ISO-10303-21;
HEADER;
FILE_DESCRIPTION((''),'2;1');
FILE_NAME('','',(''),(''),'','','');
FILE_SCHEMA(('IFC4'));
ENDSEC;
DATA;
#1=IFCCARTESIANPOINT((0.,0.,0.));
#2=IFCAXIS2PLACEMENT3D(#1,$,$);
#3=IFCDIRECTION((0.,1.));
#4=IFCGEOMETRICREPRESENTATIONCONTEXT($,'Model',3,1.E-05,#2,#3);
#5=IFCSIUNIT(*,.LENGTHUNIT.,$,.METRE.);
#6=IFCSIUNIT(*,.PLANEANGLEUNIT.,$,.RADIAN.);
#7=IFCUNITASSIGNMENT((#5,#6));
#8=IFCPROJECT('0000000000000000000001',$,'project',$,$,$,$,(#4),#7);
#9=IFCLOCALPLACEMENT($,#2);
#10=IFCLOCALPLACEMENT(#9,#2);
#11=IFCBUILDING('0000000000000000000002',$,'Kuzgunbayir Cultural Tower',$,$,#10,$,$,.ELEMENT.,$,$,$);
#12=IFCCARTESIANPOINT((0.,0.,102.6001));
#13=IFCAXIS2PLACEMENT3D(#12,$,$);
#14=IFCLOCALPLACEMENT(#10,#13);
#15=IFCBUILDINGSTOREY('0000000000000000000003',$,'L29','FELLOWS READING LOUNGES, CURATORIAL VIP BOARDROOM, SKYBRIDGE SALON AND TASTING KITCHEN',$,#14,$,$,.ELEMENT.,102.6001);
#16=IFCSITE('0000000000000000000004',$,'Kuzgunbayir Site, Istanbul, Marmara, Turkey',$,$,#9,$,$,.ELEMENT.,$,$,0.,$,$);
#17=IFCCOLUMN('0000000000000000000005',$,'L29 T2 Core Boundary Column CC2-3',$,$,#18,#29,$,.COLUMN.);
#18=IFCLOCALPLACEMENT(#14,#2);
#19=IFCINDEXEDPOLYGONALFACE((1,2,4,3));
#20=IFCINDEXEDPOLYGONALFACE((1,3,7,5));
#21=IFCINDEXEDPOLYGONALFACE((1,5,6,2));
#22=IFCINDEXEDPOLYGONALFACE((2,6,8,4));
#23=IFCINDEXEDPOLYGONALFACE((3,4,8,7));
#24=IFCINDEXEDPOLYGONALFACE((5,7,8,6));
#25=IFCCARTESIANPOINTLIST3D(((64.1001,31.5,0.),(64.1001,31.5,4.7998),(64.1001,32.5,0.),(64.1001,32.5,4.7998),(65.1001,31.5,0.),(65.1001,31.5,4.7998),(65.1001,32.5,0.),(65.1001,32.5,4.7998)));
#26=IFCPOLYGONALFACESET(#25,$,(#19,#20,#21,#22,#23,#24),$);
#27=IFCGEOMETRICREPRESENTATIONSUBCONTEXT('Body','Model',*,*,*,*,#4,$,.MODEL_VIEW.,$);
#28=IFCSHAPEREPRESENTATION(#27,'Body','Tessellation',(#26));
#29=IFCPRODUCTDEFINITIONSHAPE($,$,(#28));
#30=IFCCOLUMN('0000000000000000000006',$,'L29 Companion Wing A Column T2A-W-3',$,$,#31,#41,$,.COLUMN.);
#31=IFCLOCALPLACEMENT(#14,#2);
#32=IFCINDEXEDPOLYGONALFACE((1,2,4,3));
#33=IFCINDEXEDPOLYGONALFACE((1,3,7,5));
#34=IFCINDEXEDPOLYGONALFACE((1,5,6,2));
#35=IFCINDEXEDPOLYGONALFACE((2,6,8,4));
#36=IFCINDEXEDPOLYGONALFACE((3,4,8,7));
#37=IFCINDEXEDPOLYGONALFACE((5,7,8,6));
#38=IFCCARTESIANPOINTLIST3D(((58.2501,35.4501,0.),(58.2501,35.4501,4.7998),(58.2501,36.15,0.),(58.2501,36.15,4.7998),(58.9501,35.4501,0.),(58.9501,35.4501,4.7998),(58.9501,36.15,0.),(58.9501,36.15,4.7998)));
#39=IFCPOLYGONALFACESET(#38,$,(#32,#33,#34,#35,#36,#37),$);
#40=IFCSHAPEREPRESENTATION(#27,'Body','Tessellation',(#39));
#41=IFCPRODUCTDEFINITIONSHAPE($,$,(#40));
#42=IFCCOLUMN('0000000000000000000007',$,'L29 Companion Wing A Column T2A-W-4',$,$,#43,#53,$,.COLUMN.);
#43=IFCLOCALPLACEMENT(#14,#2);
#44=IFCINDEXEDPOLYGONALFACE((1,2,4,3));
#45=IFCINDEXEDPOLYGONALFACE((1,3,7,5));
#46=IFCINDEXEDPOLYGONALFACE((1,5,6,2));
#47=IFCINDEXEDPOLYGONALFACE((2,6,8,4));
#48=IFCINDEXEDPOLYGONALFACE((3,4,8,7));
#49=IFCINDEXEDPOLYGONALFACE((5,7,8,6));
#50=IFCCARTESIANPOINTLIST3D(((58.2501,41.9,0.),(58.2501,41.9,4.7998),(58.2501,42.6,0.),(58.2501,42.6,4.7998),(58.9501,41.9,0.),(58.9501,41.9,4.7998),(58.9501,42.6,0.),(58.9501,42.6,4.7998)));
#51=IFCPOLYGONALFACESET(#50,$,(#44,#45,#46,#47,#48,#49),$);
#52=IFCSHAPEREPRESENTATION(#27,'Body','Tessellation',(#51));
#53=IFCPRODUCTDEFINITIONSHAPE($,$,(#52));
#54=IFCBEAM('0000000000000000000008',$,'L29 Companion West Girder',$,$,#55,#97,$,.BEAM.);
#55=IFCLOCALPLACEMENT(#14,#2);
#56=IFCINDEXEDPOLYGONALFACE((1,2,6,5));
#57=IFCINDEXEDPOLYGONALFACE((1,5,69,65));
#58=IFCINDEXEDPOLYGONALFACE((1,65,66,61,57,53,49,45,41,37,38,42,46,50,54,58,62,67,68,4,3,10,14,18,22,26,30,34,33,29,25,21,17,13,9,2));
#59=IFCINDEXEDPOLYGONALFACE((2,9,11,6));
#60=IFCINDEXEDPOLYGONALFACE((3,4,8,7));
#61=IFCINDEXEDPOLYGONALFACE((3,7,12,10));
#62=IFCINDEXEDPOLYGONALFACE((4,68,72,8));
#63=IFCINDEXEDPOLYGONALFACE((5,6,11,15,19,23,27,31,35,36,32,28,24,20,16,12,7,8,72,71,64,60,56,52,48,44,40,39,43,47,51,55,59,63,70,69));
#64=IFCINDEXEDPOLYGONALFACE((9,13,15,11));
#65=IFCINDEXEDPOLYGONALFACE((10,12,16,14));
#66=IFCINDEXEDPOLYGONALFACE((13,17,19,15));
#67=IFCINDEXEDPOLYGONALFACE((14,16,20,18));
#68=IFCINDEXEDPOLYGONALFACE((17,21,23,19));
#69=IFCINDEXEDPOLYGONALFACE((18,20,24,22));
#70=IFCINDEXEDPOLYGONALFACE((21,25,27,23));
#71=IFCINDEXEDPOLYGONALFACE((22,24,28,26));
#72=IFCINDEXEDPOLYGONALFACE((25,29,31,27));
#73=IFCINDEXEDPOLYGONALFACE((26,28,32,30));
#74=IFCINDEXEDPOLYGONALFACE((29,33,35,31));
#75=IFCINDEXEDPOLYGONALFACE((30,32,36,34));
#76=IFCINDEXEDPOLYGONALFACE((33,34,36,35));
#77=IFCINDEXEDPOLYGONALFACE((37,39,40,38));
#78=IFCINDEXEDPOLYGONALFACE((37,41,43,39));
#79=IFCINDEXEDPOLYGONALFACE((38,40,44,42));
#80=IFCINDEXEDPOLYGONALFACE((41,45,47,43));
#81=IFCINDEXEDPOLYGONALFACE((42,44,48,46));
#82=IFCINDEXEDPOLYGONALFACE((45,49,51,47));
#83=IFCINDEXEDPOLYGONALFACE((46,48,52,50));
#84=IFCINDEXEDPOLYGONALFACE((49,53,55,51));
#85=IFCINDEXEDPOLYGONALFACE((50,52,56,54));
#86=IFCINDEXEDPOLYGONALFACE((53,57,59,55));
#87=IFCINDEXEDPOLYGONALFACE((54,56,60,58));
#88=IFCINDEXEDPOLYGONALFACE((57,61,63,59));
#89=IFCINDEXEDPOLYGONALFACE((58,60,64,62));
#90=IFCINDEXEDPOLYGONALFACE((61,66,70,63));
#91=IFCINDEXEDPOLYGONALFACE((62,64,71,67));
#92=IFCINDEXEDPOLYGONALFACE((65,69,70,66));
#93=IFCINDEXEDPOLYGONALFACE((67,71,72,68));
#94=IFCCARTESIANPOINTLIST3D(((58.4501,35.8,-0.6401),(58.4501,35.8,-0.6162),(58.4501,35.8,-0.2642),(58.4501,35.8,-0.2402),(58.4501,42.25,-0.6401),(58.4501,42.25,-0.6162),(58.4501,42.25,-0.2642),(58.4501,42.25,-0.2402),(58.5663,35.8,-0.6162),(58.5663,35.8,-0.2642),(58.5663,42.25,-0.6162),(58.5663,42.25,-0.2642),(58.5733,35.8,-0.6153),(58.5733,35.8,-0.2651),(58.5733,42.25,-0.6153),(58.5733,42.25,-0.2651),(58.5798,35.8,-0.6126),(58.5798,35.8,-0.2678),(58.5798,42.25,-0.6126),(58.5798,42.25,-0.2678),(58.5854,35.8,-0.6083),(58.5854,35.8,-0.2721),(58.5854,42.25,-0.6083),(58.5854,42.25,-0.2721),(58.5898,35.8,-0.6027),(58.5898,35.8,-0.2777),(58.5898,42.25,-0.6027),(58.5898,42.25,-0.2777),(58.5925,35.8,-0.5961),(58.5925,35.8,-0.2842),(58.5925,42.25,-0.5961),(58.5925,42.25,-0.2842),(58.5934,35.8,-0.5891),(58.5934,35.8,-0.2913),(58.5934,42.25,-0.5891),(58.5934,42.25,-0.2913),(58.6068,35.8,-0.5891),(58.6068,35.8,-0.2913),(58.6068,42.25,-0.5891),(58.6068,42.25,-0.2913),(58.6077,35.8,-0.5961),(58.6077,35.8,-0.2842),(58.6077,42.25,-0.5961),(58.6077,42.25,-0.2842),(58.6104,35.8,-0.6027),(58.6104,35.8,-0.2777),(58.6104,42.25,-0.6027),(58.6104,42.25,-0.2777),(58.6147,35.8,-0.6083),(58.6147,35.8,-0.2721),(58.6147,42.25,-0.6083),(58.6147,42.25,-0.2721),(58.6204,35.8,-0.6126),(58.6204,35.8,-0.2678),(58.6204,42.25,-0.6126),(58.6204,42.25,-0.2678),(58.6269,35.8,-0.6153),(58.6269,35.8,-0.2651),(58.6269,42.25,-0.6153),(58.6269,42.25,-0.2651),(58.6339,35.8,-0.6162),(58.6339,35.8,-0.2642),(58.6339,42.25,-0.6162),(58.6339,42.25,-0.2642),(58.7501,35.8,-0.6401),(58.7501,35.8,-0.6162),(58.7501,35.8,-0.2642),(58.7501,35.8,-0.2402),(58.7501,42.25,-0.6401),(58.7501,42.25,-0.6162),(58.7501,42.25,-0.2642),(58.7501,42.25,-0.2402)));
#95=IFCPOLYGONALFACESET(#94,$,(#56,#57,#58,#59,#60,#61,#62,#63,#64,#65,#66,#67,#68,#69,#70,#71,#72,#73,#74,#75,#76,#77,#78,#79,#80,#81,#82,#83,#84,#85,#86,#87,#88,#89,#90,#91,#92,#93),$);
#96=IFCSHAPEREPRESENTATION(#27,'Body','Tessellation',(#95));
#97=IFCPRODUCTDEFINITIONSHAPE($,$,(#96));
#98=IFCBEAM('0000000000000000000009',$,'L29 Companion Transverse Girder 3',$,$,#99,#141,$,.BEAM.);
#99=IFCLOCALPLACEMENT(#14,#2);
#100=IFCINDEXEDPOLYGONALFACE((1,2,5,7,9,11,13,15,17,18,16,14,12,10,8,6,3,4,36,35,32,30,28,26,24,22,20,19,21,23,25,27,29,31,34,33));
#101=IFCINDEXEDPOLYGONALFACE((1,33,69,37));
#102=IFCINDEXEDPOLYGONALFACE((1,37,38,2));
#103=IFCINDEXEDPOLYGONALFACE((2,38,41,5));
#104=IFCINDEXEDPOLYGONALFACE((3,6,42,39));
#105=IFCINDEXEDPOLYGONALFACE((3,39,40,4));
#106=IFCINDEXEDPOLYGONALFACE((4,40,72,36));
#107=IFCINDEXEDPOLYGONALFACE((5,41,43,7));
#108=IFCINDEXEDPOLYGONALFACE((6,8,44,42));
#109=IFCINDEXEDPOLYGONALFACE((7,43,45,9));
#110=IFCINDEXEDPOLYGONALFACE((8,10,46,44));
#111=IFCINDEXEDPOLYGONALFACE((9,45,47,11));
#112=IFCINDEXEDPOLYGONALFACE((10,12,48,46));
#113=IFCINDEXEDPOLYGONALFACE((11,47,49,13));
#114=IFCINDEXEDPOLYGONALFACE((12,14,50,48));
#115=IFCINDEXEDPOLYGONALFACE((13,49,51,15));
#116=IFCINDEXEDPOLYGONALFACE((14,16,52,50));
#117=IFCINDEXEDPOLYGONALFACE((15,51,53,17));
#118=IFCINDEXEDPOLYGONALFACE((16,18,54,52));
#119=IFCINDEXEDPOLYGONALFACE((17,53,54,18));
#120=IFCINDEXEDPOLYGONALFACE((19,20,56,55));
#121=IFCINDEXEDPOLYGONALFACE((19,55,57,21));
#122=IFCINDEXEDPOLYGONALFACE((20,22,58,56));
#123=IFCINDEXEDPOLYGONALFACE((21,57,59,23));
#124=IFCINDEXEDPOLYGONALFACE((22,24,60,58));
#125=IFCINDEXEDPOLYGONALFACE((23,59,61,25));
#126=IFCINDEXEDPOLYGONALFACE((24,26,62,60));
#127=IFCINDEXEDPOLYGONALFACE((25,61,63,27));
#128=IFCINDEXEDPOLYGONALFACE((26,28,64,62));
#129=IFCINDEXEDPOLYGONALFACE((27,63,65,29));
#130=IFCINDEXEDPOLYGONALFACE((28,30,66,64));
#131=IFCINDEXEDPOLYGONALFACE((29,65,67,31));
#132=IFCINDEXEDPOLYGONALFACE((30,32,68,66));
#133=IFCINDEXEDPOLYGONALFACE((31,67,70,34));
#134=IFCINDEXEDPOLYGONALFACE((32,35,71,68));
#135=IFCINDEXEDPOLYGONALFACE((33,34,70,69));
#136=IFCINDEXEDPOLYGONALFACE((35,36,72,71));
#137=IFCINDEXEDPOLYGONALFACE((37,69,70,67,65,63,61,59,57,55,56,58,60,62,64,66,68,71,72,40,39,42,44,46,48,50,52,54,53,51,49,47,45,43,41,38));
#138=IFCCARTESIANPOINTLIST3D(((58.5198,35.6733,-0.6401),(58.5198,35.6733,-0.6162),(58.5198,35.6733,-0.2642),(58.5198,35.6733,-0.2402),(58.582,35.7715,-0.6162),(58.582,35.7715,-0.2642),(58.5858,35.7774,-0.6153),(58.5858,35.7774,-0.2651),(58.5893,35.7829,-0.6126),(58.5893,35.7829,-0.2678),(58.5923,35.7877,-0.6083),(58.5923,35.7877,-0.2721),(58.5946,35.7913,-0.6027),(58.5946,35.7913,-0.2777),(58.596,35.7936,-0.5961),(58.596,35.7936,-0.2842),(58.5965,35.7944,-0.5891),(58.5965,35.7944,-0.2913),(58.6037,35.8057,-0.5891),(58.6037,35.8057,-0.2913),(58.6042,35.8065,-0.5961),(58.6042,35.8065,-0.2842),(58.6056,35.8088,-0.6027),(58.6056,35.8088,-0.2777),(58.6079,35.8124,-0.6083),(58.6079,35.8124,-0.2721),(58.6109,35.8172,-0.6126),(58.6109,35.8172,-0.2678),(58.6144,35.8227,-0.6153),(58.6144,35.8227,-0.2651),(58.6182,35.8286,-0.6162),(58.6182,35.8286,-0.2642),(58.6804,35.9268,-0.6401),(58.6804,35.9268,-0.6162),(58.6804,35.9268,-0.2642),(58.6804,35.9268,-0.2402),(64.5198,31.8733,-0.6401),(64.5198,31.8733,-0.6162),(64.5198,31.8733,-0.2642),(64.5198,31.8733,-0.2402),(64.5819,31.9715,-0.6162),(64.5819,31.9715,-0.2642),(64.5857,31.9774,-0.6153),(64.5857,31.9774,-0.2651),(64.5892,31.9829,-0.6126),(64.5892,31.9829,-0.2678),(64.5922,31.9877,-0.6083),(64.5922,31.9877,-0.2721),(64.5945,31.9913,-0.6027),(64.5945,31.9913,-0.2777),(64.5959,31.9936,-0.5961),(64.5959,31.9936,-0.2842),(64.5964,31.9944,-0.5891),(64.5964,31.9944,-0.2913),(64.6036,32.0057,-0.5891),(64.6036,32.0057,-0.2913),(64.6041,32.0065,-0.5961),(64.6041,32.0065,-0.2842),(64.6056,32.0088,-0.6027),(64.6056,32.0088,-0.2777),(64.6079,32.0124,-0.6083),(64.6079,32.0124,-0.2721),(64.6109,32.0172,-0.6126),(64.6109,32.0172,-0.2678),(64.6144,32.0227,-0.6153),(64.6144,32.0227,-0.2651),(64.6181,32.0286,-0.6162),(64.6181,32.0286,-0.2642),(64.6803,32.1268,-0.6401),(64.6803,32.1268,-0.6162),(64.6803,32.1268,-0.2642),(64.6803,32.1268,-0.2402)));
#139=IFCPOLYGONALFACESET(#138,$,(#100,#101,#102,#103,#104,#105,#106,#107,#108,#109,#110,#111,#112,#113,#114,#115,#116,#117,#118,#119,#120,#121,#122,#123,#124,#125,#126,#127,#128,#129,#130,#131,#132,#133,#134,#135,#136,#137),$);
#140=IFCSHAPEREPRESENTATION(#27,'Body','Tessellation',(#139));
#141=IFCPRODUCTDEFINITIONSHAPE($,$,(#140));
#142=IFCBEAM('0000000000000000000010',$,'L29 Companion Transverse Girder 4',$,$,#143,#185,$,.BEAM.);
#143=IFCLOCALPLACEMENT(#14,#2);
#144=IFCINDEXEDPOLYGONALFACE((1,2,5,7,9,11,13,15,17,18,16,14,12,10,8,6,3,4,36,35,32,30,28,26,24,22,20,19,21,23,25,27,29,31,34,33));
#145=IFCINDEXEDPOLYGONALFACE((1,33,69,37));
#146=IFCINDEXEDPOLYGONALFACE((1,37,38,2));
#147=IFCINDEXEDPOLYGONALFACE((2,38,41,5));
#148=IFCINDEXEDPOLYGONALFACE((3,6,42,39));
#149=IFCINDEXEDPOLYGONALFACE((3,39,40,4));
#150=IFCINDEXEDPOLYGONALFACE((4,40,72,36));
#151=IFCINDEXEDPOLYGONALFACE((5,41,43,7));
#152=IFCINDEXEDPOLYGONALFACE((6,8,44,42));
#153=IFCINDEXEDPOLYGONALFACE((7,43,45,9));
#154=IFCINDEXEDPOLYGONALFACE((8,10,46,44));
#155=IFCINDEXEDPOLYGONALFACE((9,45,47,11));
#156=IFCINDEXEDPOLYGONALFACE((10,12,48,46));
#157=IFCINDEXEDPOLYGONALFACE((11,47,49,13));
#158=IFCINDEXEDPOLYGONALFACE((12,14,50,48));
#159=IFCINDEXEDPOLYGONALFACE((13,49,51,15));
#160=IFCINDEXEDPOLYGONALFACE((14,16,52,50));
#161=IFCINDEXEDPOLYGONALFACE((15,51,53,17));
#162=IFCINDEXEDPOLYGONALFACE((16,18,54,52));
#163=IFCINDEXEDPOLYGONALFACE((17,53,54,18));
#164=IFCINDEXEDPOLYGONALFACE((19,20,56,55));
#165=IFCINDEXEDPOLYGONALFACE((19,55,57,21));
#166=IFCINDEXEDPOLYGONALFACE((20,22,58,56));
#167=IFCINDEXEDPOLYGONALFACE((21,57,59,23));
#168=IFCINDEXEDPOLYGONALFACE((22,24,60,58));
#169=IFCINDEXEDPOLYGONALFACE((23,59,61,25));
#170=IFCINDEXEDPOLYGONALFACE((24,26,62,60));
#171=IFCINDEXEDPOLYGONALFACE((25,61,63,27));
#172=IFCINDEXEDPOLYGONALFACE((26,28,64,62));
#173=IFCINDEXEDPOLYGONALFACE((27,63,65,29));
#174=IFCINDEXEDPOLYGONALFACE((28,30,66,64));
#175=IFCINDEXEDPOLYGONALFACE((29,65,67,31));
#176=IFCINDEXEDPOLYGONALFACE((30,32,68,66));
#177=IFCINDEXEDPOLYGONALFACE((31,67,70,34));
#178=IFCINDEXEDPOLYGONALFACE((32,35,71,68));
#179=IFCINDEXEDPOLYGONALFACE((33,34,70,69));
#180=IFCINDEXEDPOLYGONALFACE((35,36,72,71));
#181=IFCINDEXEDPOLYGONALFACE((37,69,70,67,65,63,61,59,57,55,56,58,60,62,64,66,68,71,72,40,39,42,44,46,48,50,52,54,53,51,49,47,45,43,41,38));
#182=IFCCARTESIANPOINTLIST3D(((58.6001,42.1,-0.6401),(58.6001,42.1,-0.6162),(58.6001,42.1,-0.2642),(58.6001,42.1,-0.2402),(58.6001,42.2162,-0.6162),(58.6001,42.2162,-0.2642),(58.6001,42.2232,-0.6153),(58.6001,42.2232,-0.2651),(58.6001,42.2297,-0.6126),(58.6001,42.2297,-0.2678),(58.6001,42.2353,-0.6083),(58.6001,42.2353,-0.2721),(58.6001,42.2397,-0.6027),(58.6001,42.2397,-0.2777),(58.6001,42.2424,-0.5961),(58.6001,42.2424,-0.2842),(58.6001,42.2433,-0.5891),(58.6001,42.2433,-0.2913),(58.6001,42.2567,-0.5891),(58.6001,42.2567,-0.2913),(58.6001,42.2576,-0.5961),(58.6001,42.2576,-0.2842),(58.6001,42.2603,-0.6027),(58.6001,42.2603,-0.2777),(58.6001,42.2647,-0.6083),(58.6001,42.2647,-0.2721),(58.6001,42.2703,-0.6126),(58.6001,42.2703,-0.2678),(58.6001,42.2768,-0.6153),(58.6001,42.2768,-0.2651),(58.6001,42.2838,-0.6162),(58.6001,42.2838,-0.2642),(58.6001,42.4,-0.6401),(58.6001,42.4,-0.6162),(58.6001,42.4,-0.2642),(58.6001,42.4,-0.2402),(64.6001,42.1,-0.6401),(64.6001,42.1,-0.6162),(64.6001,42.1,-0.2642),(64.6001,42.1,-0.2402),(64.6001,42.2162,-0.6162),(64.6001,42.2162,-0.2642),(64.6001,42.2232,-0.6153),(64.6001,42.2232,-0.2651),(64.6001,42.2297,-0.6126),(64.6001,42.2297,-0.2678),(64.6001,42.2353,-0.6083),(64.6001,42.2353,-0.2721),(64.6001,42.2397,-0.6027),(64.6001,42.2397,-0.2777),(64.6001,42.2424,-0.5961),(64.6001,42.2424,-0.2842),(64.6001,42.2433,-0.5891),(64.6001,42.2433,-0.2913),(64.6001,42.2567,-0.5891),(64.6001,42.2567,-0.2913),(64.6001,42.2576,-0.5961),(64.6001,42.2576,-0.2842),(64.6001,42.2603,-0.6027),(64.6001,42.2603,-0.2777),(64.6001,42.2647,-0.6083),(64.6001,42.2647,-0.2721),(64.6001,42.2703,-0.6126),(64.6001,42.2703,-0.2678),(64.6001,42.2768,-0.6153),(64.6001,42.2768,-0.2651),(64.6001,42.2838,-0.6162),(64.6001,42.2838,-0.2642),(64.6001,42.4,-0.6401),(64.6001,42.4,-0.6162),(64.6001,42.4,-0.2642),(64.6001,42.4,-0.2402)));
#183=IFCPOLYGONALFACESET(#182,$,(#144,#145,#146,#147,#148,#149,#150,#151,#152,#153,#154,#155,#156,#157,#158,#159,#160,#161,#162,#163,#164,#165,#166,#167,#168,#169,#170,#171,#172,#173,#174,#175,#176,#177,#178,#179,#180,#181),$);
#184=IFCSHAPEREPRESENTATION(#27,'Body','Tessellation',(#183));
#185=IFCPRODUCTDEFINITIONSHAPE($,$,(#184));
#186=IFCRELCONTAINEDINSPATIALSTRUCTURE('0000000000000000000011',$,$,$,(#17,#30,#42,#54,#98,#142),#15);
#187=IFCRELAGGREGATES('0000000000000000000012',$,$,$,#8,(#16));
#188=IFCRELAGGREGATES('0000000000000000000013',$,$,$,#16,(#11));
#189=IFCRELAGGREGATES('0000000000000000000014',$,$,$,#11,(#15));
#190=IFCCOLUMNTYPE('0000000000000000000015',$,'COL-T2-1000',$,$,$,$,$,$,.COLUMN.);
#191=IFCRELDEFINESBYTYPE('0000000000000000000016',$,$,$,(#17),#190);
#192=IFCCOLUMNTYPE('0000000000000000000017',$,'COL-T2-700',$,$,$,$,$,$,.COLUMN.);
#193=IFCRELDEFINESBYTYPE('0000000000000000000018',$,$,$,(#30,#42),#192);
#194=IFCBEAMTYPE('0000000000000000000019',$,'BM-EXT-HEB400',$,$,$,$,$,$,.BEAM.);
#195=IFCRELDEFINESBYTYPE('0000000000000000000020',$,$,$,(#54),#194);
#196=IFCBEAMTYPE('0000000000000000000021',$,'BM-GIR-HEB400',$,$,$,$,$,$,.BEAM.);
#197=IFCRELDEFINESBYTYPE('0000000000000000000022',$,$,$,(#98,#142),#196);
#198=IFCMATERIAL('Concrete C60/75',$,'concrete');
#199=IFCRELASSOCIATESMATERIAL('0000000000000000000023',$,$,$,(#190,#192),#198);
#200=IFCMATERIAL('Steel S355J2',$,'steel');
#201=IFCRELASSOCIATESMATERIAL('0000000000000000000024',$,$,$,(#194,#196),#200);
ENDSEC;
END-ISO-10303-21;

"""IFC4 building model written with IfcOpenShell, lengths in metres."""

from ifc_helpers import new_model, si_unit, direction, frame, origin, origin_2d, place, context, subcontext, project, spatial, rectangle, i_section, extrude, material, material_profile, profile_set, type_object, element, save


model = new_model("IFC4")

# Units and contexts
model_context = context("Model", 3, precision=1e-05, world=origin(), true_north=direction((0.0, 1.0)))
body_context = subcontext(model_context, "Body", "Model", "MODEL_VIEW")
ifc_project = project(units=[si_unit("LENGTHUNIT", "METRE"), si_unit("PLANEANGLEUNIT", "RADIAN")], contexts=[model_context])

# Site, building, storey
site_placement = place(None, origin())
site = spatial("IfcSite", under=ifc_project, at=site_placement, Name="Kuzgunbayir Site, Istanbul, Marmara, Turkey", CompositionType="ELEMENT", RefElevation=0.0)
building_placement = place(site_placement, origin())
building = spatial("IfcBuilding", under=site, at=building_placement, Name="Kuzgunbayir Cultural Tower", CompositionType="ELEMENT")
storey_placement = place(building_placement, frame((0.0, 0.0, 102.6001)))
storey = spatial("IfcBuildingStorey", under=building, at=storey_placement, Name="L29", Description="FELLOWS READING LOUNGES, CURATORIAL VIP BOARDROOM, SKYBRIDGE SALON AND TASTING KITCHEN", CompositionType="ELEMENT", Elevation=102.6001)

# Columns
ifc_material_1 = material(Name="Concrete C60/75", Category="concrete")
ifc_material_profile_1 = material_profile(ifc_material_1, rectangle(XDim=1.0, YDim=1.0, at=origin_2d()), Name="RC 1000x1000")
ifc_profile_set_1 = profile_set([ifc_material_profile_1], Name="Concrete C60/75")
column_type_1 = type_object("IfcColumnType", Name="COL-T2-1000", PredefinedType="COLUMN", material=ifc_profile_set_1)
column_placement = place(storey_placement, frame((64.6001, 32.0, 0.0), z_axis=(0.0, 0.0, 1.0), x_axis=(1.0, 0.0, 0.0)))
element("IfcColumn", 1, at=column_placement, inside=storey, type_object=column_type_1, Name="L29 T2 Core Boundary Column CC2-3", PredefinedType="COLUMN", context=body_context, shape_type="SweptSolid", body=[
    extrude(rectangle(XDim=1.0, YDim=1.0, at=origin_2d()), origin(), (0.0, 0.0, 1.0), 4.7998),
])
ifc_material_profile_2 = material_profile(ifc_material_1, rectangle(XDim=0.7, YDim=0.7, at=origin_2d()), Name="RC 700x700")
ifc_profile_set_2 = profile_set([ifc_material_profile_2], Name="Concrete C60/75")
column_type_2 = type_object("IfcColumnType", Name="COL-T2-700", PredefinedType="COLUMN", material=ifc_profile_set_2)
for number, where, z_axis, x_axis, name in (
    (2, (58.6001, 35.8, 0.0), (0.0, 0.0, 1.0), (1.0, 0.0, 0.0), "L29 Companion Wing A Column T2A-W-3"),
    (3, (58.6001, 42.25, 0.0), (0.0, 0.0, 1.0), (1.0, 0.0, 0.0), "L29 Companion Wing A Column T2A-W-4"),
):
    element("IfcColumn", number, at=place(storey_placement, frame(where, z_axis=z_axis, x_axis=x_axis)), inside=storey, type_object=column_type_2, Name=name, PredefinedType="COLUMN", context=body_context, shape_type="SweptSolid", body=[
        extrude(rectangle(XDim=0.7, YDim=0.7, at=origin_2d()), origin(), (0.0, 0.0, 1.0), 4.7998),
    ])

# Beams
ifc_material_2 = material(Name="Steel S355J2", Category="steel")
ifc_material_profile_3 = material_profile(ifc_material_2, i_section(OverallWidth=0.3, OverallDepth=0.3999, WebThickness=0.0134, FlangeThickness=0.0239, FilletRadius=0.0271, at=origin_2d()), Name="HEB 400")
ifc_profile_set_3 = profile_set([ifc_material_profile_3], Name="Steel S355J2")
beam_type_1 = type_object("IfcBeamType", Name="BM-EXT-HEB400", PredefinedType="BEAM", material=ifc_profile_set_3)
beam_1_placement = place(storey_placement, frame((58.6001, 35.8, -0.4402), z_axis=(0.0, 1.0, 0.0), x_axis=(-1.0, 0.0, 0.0)))
element("IfcBeam", 4, at=beam_1_placement, inside=storey, type_object=beam_type_1, Name="L29 Companion West Girder", PredefinedType="BEAM", context=body_context, shape_type="SweptSolid", body=[
    extrude(i_section(OverallWidth=0.3, OverallDepth=0.3999, WebThickness=0.0134, FlangeThickness=0.0239, FilletRadius=0.0271, at=origin_2d()), origin(), (0.0, 0.0, 1.0), 6.45),
])
ifc_material_profile_4 = material_profile(ifc_material_2, i_section(OverallWidth=0.3, OverallDepth=0.3999, WebThickness=0.0134, FlangeThickness=0.0239, FilletRadius=0.0271, at=origin_2d()), Name="HEB 400")
ifc_profile_set_4 = profile_set([ifc_material_profile_4], Name="Steel S355J2")
beam_type_2 = type_object("IfcBeamType", Name="BM-GIR-HEB400", PredefinedType="BEAM", material=ifc_profile_set_4)
beam_2_placement = place(storey_placement, frame((58.6001, 35.8, -0.4402), z_axis=(0.844816, -0.535057, 0.0), x_axis=(0.535057, 0.844816, 0.0)))
element("IfcBeam", 5, at=beam_2_placement, inside=storey, type_object=beam_type_2, Name="L29 Companion Transverse Girder 3", PredefinedType="BEAM", context=body_context, shape_type="SweptSolid", body=[
    extrude(i_section(OverallWidth=0.3, OverallDepth=0.3999, WebThickness=0.0134, FlangeThickness=0.0239, FilletRadius=0.0271, at=origin_2d()), origin(), (0.0, 0.0, 1.0), 7.1021),
])
beam_3_placement = place(storey_placement, frame((58.6001, 42.25, -0.4402), z_axis=(1.0, 0.0, 0.0), x_axis=(0.0, 1.0, 0.0)))
element("IfcBeam", 6, at=beam_3_placement, inside=storey, type_object=beam_type_2, Name="L29 Companion Transverse Girder 4", PredefinedType="BEAM", context=body_context, shape_type="SweptSolid", body=[
    extrude(i_section(OverallWidth=0.3, OverallDepth=0.3999, WebThickness=0.0134, FlangeThickness=0.0239, FilletRadius=0.0271, at=origin_2d()), origin(), (0.0, 0.0, 1.0), 6.0),
])

save(model, "model.ifc")
